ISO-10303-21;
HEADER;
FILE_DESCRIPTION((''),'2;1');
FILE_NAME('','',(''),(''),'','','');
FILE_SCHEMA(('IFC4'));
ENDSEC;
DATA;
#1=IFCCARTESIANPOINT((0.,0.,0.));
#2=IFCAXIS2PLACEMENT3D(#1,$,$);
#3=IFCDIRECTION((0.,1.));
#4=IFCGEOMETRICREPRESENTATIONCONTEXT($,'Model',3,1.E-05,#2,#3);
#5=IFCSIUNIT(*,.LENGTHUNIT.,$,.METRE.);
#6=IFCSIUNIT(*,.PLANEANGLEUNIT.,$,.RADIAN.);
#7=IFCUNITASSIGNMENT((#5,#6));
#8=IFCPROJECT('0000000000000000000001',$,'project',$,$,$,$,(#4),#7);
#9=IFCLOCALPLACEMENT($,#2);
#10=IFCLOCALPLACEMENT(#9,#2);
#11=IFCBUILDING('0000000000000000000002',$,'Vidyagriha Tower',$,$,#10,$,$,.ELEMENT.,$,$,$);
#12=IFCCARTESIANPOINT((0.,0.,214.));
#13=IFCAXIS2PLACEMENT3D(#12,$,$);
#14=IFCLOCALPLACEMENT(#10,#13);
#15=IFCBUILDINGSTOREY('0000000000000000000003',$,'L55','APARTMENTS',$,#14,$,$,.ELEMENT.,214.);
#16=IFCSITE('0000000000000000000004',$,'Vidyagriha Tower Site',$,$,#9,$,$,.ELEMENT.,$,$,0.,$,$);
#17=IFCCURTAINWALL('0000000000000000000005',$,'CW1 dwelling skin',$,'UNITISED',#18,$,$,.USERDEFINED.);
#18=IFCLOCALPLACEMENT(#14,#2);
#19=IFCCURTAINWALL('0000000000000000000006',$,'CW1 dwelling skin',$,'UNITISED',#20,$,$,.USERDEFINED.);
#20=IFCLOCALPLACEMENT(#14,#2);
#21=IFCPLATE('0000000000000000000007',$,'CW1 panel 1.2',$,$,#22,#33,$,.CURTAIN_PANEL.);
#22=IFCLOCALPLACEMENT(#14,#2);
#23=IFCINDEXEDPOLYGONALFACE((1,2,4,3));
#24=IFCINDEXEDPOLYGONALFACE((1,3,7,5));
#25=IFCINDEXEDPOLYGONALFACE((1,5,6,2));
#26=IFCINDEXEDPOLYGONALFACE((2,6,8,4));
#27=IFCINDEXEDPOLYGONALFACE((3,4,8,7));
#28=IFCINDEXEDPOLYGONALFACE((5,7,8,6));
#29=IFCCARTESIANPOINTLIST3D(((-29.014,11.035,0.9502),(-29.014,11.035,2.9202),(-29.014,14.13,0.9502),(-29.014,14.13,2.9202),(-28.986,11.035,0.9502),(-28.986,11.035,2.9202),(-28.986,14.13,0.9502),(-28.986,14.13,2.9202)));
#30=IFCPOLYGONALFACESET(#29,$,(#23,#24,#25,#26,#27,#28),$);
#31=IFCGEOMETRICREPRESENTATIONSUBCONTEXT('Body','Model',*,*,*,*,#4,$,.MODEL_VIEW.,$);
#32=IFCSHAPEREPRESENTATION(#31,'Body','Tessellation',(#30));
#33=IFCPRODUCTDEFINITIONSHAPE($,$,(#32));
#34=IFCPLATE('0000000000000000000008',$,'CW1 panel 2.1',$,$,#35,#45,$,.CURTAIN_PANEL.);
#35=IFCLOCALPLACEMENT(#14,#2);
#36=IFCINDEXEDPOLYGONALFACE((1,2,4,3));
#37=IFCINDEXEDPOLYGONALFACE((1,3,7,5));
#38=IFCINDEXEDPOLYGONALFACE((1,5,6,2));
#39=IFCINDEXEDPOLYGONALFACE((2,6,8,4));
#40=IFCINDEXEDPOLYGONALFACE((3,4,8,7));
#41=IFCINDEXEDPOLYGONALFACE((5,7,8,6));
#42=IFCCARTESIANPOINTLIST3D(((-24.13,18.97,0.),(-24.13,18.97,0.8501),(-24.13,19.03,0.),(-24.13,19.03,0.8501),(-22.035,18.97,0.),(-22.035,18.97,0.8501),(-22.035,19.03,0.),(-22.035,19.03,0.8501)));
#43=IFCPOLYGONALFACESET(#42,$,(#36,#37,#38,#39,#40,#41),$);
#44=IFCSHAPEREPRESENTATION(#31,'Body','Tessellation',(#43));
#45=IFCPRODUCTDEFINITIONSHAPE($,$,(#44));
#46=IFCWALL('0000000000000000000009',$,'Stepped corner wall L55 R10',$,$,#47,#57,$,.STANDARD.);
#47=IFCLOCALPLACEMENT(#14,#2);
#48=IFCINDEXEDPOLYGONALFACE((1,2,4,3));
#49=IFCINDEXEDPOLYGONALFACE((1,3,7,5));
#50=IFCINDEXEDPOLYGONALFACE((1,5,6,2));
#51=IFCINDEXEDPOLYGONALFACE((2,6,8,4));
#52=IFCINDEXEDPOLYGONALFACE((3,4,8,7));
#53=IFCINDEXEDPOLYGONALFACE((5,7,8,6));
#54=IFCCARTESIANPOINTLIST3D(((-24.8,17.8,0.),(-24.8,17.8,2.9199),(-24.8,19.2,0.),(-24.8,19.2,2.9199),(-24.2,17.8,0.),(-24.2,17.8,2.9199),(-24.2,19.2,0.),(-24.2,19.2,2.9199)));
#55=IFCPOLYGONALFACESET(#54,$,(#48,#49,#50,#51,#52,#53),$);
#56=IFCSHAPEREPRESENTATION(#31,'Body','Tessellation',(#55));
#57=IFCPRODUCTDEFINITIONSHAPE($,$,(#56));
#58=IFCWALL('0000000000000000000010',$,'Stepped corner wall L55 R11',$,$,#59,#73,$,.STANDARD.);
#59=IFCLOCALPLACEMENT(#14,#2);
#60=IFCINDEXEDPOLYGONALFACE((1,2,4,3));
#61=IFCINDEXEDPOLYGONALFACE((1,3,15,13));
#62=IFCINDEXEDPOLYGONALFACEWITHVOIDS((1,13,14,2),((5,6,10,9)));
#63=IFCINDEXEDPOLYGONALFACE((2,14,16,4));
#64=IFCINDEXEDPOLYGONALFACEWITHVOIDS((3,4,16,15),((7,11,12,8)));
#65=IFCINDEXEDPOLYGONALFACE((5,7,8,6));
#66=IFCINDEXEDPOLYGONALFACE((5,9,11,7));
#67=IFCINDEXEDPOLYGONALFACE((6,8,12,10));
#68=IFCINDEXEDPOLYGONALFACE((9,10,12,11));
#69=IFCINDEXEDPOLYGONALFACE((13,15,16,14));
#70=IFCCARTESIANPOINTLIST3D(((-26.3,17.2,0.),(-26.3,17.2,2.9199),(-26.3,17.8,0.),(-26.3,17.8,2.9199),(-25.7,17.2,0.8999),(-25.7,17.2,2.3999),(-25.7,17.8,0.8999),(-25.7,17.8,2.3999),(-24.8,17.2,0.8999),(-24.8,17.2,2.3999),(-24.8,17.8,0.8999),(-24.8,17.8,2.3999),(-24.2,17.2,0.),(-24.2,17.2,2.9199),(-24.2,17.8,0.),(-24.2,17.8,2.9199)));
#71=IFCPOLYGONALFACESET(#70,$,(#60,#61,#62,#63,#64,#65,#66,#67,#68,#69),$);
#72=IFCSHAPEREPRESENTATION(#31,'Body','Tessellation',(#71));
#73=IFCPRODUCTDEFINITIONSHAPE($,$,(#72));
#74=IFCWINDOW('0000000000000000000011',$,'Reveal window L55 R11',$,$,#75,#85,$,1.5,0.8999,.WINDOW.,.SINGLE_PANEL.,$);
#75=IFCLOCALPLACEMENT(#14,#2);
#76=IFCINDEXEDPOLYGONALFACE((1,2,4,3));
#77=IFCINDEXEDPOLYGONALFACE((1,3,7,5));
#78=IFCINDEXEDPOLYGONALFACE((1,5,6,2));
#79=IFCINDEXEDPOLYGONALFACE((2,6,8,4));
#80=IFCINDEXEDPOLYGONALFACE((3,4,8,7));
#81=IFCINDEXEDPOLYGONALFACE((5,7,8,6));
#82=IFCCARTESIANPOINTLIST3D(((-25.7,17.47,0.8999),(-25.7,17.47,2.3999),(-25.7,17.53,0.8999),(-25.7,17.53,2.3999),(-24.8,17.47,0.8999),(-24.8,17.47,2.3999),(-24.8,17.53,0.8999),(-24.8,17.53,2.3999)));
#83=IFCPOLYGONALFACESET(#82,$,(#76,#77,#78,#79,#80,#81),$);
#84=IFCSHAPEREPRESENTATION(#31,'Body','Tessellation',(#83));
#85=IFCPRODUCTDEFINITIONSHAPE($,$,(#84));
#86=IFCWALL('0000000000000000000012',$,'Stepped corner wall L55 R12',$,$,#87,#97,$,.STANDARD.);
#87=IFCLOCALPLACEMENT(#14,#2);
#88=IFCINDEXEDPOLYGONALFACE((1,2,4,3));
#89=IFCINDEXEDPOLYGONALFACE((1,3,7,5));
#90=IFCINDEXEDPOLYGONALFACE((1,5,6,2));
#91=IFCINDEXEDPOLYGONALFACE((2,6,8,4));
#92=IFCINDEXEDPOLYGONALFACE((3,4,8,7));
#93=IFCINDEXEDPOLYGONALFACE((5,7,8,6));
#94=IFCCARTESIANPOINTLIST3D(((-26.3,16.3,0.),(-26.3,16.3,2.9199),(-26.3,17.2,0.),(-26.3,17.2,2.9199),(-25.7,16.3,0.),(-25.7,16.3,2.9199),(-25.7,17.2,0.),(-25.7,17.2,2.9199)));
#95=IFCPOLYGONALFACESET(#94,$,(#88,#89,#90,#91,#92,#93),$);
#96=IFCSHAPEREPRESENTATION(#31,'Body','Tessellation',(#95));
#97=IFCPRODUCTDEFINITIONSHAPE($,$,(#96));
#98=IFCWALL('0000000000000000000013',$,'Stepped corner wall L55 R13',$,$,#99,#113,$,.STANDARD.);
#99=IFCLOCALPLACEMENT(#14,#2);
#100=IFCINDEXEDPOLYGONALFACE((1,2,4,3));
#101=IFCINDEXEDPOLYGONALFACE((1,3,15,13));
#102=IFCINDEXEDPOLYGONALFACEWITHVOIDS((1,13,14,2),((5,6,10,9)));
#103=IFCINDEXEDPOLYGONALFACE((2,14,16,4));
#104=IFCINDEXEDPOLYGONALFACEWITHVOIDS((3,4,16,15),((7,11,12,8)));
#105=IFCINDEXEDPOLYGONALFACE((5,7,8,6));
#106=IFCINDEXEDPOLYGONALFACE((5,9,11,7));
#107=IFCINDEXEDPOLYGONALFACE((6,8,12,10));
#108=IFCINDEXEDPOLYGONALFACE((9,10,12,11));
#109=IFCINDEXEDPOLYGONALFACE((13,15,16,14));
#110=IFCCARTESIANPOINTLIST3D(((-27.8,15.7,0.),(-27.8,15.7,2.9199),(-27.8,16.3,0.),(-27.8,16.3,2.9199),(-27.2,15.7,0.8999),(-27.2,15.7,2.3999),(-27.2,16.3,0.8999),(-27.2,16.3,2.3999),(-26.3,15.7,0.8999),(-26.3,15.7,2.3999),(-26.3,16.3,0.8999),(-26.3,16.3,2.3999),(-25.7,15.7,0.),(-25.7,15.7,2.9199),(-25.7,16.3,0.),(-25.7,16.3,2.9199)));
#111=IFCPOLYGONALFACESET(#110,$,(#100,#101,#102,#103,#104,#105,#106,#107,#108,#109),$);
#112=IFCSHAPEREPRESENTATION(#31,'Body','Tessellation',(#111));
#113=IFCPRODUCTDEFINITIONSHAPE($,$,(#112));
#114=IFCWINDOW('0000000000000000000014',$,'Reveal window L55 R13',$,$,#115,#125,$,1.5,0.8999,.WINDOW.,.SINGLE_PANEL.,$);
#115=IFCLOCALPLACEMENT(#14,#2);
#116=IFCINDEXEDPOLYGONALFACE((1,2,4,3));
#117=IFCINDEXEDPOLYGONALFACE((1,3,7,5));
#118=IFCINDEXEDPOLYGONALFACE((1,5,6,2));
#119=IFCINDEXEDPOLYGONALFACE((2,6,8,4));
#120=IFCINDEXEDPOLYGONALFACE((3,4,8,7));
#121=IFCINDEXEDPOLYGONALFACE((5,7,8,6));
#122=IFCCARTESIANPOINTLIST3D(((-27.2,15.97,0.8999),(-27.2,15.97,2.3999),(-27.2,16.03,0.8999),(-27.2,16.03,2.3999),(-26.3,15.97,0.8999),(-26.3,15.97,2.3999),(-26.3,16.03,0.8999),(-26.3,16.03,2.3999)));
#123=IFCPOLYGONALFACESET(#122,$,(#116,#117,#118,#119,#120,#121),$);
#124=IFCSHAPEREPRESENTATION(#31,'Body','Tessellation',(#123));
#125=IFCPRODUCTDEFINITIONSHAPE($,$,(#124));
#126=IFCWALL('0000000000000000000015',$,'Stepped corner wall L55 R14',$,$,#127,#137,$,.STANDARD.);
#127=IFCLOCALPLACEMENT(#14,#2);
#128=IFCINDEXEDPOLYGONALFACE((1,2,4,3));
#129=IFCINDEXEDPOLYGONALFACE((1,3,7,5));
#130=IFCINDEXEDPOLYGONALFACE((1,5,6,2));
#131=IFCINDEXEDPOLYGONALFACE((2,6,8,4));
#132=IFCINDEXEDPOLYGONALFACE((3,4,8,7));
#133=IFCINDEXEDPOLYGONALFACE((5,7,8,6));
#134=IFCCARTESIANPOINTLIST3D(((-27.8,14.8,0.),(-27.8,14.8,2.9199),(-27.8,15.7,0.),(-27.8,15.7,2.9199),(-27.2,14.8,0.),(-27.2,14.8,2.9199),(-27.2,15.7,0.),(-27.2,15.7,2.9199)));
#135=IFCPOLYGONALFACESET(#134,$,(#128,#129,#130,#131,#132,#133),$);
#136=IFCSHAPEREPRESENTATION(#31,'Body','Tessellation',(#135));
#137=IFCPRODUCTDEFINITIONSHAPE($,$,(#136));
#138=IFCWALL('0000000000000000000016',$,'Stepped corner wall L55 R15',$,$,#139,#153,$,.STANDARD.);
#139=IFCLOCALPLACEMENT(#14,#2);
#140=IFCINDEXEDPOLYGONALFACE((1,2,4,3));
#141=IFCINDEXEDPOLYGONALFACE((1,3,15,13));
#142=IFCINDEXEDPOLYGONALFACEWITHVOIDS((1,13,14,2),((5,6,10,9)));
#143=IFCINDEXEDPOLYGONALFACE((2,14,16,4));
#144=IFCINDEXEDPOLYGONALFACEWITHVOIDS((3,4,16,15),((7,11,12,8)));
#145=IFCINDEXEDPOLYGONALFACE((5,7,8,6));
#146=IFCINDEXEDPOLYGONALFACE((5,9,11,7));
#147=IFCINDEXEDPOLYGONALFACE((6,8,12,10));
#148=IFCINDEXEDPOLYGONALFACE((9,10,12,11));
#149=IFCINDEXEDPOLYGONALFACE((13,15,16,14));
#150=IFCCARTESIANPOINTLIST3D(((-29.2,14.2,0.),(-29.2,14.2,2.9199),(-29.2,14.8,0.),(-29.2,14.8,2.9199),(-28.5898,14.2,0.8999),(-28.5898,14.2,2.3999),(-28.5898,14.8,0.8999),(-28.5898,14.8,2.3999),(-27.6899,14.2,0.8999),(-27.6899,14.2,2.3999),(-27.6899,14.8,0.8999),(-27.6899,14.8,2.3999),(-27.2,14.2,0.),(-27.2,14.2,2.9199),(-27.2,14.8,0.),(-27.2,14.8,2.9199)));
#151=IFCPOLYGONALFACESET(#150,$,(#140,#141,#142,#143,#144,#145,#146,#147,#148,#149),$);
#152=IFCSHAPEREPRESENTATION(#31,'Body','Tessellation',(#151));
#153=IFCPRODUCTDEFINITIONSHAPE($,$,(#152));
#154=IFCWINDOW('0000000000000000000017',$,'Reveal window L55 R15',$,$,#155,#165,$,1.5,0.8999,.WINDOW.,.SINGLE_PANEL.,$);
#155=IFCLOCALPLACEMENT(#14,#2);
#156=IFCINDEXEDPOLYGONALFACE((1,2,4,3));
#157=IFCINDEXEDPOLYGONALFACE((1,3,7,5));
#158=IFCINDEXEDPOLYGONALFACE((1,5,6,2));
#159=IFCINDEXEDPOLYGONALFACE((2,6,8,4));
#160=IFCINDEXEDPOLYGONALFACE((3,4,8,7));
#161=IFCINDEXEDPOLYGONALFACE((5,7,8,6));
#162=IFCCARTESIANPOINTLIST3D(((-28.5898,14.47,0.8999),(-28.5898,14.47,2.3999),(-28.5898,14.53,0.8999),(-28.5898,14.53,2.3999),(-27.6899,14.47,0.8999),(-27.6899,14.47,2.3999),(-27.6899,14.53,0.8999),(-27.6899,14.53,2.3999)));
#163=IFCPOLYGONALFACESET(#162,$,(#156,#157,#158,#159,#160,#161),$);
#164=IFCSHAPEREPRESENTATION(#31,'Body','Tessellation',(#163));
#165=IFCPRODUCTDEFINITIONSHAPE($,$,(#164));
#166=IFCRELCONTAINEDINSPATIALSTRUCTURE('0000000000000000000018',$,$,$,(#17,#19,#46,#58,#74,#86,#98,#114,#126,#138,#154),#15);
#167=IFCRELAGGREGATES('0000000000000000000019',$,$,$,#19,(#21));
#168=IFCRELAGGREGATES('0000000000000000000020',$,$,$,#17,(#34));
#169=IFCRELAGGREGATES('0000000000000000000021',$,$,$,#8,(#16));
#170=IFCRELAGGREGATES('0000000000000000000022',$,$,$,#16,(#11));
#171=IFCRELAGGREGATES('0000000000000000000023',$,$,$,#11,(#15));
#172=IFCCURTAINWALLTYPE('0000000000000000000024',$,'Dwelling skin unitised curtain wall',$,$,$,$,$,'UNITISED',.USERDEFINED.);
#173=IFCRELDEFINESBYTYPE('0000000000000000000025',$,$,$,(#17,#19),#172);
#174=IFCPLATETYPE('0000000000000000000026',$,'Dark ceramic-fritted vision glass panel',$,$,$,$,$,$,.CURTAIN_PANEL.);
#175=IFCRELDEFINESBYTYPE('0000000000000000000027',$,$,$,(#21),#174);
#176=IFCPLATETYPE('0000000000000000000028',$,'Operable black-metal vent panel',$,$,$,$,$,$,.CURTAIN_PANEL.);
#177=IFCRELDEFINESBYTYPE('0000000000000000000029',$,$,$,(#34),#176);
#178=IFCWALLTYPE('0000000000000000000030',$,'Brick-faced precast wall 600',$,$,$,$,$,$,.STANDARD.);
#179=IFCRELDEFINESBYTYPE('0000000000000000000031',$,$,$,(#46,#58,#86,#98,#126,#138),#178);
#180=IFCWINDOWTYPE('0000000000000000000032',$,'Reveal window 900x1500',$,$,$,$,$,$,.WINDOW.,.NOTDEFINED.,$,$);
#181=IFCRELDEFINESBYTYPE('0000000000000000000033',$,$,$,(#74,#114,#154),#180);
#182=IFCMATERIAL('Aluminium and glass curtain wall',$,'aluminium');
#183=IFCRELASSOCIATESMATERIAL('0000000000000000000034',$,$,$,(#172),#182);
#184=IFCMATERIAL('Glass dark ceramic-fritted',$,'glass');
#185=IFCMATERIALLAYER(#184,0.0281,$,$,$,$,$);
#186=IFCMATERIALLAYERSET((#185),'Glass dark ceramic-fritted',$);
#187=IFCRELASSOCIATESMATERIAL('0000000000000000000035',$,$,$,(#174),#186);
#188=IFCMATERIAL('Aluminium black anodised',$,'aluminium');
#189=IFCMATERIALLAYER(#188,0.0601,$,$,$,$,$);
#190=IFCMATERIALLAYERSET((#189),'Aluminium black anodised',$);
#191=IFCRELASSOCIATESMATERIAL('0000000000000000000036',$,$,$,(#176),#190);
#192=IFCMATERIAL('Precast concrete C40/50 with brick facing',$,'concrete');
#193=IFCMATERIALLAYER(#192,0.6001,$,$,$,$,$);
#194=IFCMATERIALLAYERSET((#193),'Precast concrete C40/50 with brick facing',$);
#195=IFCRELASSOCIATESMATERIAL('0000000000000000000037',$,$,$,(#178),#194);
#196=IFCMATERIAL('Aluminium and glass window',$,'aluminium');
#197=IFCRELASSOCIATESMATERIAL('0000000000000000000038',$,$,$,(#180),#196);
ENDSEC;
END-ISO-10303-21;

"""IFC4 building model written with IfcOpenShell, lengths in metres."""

from ifc_helpers import new_model, si_unit, direction, frame, frame_2d, origin, origin_2d, place, context, subcontext, project, spatial, rectangle, extrude, material, layer, layer_set, type_object, element, fill, aggregate, save


model = new_model("IFC4")

# Units and contexts
model_context = context("Model", 3, precision=1e-05, world=origin(), true_north=direction((0.0, 1.0)))
body_context = subcontext(model_context, "Body", "Model", "MODEL_VIEW")
ifc_project = project(units=[si_unit("LENGTHUNIT", "METRE"), si_unit("PLANEANGLEUNIT", "RADIAN")], contexts=[model_context])

# Site, building, storey
site_placement = place(None, origin())
site = spatial("IfcSite", under=ifc_project, at=site_placement, Name="Vidyagriha Tower Site", CompositionType="ELEMENT", RefElevation=0.0)
building_placement = place(site_placement, origin())
building = spatial("IfcBuilding", under=site, at=building_placement, Name="Vidyagriha Tower", CompositionType="ELEMENT")
storey_placement = place(building_placement, frame((0.0, 0.0, 214.0)))
storey = spatial("IfcBuildingStorey", under=building, at=storey_placement, Name="L55", Description="APARTMENTS", CompositionType="ELEMENT", Elevation=214.0)

# Curtain wall
ifc_material_1 = material(Name="Aluminium and glass curtain wall", Category="aluminium")
curtain_wall_type = type_object("IfcCurtainWallType", Name="Dwelling skin unitised curtain wall", ElementType="UNITISED", PredefinedType="USERDEFINED", material=ifc_material_1)
curtain_wall_1_placement = place(storey_placement, origin())
curtain_wall_1 = element("IfcCurtainWall", 1, at=curtain_wall_1_placement, inside=storey, type_object=curtain_wall_type, Name="CW1 dwelling skin", ObjectType="UNITISED", PredefinedType="USERDEFINED")

# Curtain wall
curtain_wall_2_placement = place(storey_placement, origin())
curtain_wall_2 = element("IfcCurtainWall", 2, at=curtain_wall_2_placement, inside=storey, type_object=curtain_wall_type, Name="CW1 dwelling skin", ObjectType="UNITISED", PredefinedType="USERDEFINED")

# Plates
ifc_material_2 = material(Name="Glass dark ceramic-fritted", Category="glass")
ifc_layer_1 = layer(ifc_material_2, 0.0281)
ifc_layer_set_1 = layer_set([ifc_layer_1], Name="Glass dark ceramic-fritted")
plate_type_1 = type_object("IfcPlateType", Name="Dark ceramic-fritted vision glass panel", PredefinedType="CURTAIN_PANEL", material=ifc_layer_set_1)
plate_1_placement = place(storey_placement, frame((-29.0, 12.5825, 0.9502), z_axis=(0.0, 0.0, 1.0), x_axis=(0.0, -1.0, 0.0)))
plate_1 = element("IfcPlate", 3, at=plate_1_placement, type_object=plate_type_1, Name="CW1 panel 1.2", PredefinedType="CURTAIN_PANEL", context=body_context, shape_type="SweptSolid", body=[
    extrude(rectangle(XDim=3.095, YDim=0.0281, at=origin_2d()), origin(), (0.0, 0.0, 1.0), 1.97),
])
aggregate(curtain_wall_2, [plate_1])
ifc_material_3 = material(Name="Aluminium black anodised", Category="aluminium")
ifc_layer_2 = layer(ifc_material_3, 0.0601)
ifc_layer_set_2 = layer_set([ifc_layer_2], Name="Aluminium black anodised")
plate_type_2 = type_object("IfcPlateType", Name="Operable black-metal vent panel", PredefinedType="CURTAIN_PANEL", material=ifc_layer_set_2)
plate_2_placement = place(storey_placement, frame((-23.0825, 19.0, 0.0), z_axis=(0.0, 0.0, 1.0), x_axis=(-1.0, 0.0, 0.0)))
plate_2 = element("IfcPlate", 4, at=plate_2_placement, type_object=plate_type_2, Name="CW1 panel 2.1", PredefinedType="CURTAIN_PANEL", context=body_context, shape_type="SweptSolid", body=[
    extrude(rectangle(XDim=2.095, YDim=0.0601, at=origin_2d()), origin(), (0.0, 0.0, 1.0), 0.8501),
])
aggregate(curtain_wall_1, [plate_2])

# Wall
ifc_material_4 = material(Name="Precast concrete C40/50 with brick facing", Category="concrete")
ifc_layer_3 = layer(ifc_material_4, 0.6001)
ifc_layer_set_3 = layer_set([ifc_layer_3], Name="Precast concrete C40/50 with brick facing")
wall_type_1 = type_object("IfcWallType", Name="Brick-faced precast wall 600", PredefinedType="STANDARD", material=ifc_layer_set_3)
wall_1_placement = place(storey_placement, frame((-24.5, 19.2, 0.0), z_axis=(0.0, 0.0, 1.0), x_axis=(0.0, -1.0, 0.0)))
element("IfcWall", 5, at=wall_1_placement, inside=storey, type_object=wall_type_1, Name="Stepped corner wall L55 R10", PredefinedType="STANDARD", context=body_context, shape_type="SweptSolid", body=[
    extrude(rectangle(XDim=1.3999, YDim=0.6001, at=frame_2d((0.7, 0.0))), origin(), (0.0, 0.0, 1.0), 2.9199),
])

# Wall, opening, window
wall_2_placement = place(storey_placement, frame((-24.2, 17.5, 0.0), z_axis=(0.0, 0.0, 1.0), x_axis=(-1.0, 0.0, 0.0)))
wall_2 = element("IfcWall", 6, at=wall_2_placement, inside=storey, type_object=wall_type_1, Name="Stepped corner wall L55 R11", PredefinedType="STANDARD", context=body_context, shape_type="SweptSolid", body=[
    extrude(rectangle(XDim=2.1001, YDim=0.6001, at=frame_2d((1.05, 0.0))), origin(), (0.0, 0.0, 1.0), 2.9199),
])
opening_1_placement = place(wall_2_placement, frame((0.6001, 0.0, 0.8999)))
opening_1 = element("IfcOpeningElement", 7, at=opening_1_placement, cuts=wall_2, PredefinedType="OPENING", context=body_context, shape_type="SweptSolid", body=[
    extrude(rectangle(XDim=0.8999, YDim=1.5, at=frame_2d((0.45, 0.75))), frame((0.0, 0.3101, 0.0), z_axis=(0.0, -1.0, 0.0), x_axis=(1.0, 0.0, 0.0)), (0.0, 0.0, 1.0), 0.6201),
])
ifc_material_5 = material(Name="Aluminium and glass window", Category="aluminium")
window_type = type_object("IfcWindowType", Name="Reveal window 900x1500", PartitioningType="NOTDEFINED", PredefinedType="WINDOW", material=ifc_material_5)
window_1_placement = place(opening_1_placement, origin())
window_1 = element("IfcWindow", 8, at=window_1_placement, inside=storey, type_object=window_type, Name="Reveal window L55 R11", OverallHeight=1.5, OverallWidth=0.8999, PartitioningType="SINGLE_PANEL", PredefinedType="WINDOW", context=body_context, shape_type="SweptSolid", body=[
    extrude(rectangle(XDim=0.8999, YDim=1.5, at=frame_2d((0.45, 0.75))), frame((0.0, 0.03, 0.0), z_axis=(0.0, -1.0, 0.0), x_axis=(1.0, 0.0, 0.0)), (0.0, 0.0, 1.0), 0.0601),
])
fill(opening_1, window_1)

# Wall
wall_3_placement = place(storey_placement, frame((-26.0, 17.2, 0.0), z_axis=(0.0, 0.0, 1.0), x_axis=(0.0, -1.0, 0.0)))
element("IfcWall", 9, at=wall_3_placement, inside=storey, type_object=wall_type_1, Name="Stepped corner wall L55 R12", PredefinedType="STANDARD", context=body_context, shape_type="SweptSolid", body=[
    extrude(rectangle(XDim=0.8999, YDim=0.6001, at=frame_2d((0.45, 0.0))), origin(), (0.0, 0.0, 1.0), 2.9199),
])

# Wall, opening, window
wall_4_placement = place(storey_placement, frame((-25.7, 16.0, 0.0), z_axis=(0.0, 0.0, 1.0), x_axis=(-1.0, 0.0, 0.0)))
wall_4 = element("IfcWall", 10, at=wall_4_placement, inside=storey, type_object=wall_type_1, Name="Stepped corner wall L55 R13", PredefinedType="STANDARD", context=body_context, shape_type="SweptSolid", body=[
    extrude(rectangle(XDim=2.1001, YDim=0.6001, at=frame_2d((1.05, 0.0))), origin(), (0.0, 0.0, 1.0), 2.9199),
])
opening_2_placement = place(wall_4_placement, frame((0.6001, 0.0, 0.8999)))
opening_2 = element("IfcOpeningElement", 11, at=opening_2_placement, cuts=wall_4, PredefinedType="OPENING", context=body_context, shape_type="SweptSolid", body=[
    extrude(rectangle(XDim=0.8999, YDim=1.5, at=frame_2d((0.45, 0.75))), frame((0.0, 0.3101, 0.0), z_axis=(0.0, -1.0, 0.0), x_axis=(1.0, 0.0, 0.0)), (0.0, 0.0, 1.0), 0.6201),
])
window_2_placement = place(opening_2_placement, origin())
window_2 = element("IfcWindow", 12, at=window_2_placement, inside=storey, type_object=window_type, Name="Reveal window L55 R13", OverallHeight=1.5, OverallWidth=0.8999, PartitioningType="SINGLE_PANEL", PredefinedType="WINDOW", context=body_context, shape_type="SweptSolid", body=[
    extrude(rectangle(XDim=0.8999, YDim=1.5, at=frame_2d((0.45, 0.75))), frame((0.0, 0.03, 0.0), z_axis=(0.0, -1.0, 0.0), x_axis=(1.0, 0.0, 0.0)), (0.0, 0.0, 1.0), 0.0601),
])
fill(opening_2, window_2)

# Wall
wall_5_placement = place(storey_placement, frame((-27.5, 15.7, 0.0), z_axis=(0.0, 0.0, 1.0), x_axis=(0.0, -1.0, 0.0)))
element("IfcWall", 13, at=wall_5_placement, inside=storey, type_object=wall_type_1, Name="Stepped corner wall L55 R14", PredefinedType="STANDARD", context=body_context, shape_type="SweptSolid", body=[
    extrude(rectangle(XDim=0.8999, YDim=0.6001, at=frame_2d((0.45, 0.0))), origin(), (0.0, 0.0, 1.0), 2.9199),
])

# Wall, opening, window
wall_6_placement = place(storey_placement, frame((-27.2, 14.5, 0.0), z_axis=(0.0, 0.0, 1.0), x_axis=(-1.0, 0.0, 0.0)))
wall_6 = element("IfcWall", 14, at=wall_6_placement, inside=storey, type_object=wall_type_1, Name="Stepped corner wall L55 R15", PredefinedType="STANDARD", context=body_context, shape_type="SweptSolid", body=[
    extrude(rectangle(XDim=2.0, YDim=0.6001, at=frame_2d((1.0, 0.0))), origin(), (0.0, 0.0, 1.0), 2.9199),
])
opening_3_placement = place(wall_6_placement, frame((0.49, 0.0, 0.8999)))
opening_3 = element("IfcOpeningElement", 15, at=opening_3_placement, cuts=wall_6, PredefinedType="OPENING", context=body_context, shape_type="SweptSolid", body=[
    extrude(rectangle(XDim=0.8999, YDim=1.5, at=frame_2d((0.45, 0.75))), frame((0.0, 0.3101, 0.0), z_axis=(0.0, -1.0, 0.0), x_axis=(1.0, 0.0, 0.0)), (0.0, 0.0, 1.0), 0.6201),
])
window_3_placement = place(opening_3_placement, origin())
window_3 = element("IfcWindow", 16, at=window_3_placement, inside=storey, type_object=window_type, Name="Reveal window L55 R15", OverallHeight=1.5, OverallWidth=0.8999, PartitioningType="SINGLE_PANEL", PredefinedType="WINDOW", context=body_context, shape_type="SweptSolid", body=[
    extrude(rectangle(XDim=0.8999, YDim=1.5, at=frame_2d((0.45, 0.75))), frame((0.0, 0.03, 0.0), z_axis=(0.0, -1.0, 0.0), x_axis=(1.0, 0.0, 0.0)), (0.0, 0.0, 1.0), 0.0601),
])
fill(opening_3, window_3)

save(model, "model.ifc")
